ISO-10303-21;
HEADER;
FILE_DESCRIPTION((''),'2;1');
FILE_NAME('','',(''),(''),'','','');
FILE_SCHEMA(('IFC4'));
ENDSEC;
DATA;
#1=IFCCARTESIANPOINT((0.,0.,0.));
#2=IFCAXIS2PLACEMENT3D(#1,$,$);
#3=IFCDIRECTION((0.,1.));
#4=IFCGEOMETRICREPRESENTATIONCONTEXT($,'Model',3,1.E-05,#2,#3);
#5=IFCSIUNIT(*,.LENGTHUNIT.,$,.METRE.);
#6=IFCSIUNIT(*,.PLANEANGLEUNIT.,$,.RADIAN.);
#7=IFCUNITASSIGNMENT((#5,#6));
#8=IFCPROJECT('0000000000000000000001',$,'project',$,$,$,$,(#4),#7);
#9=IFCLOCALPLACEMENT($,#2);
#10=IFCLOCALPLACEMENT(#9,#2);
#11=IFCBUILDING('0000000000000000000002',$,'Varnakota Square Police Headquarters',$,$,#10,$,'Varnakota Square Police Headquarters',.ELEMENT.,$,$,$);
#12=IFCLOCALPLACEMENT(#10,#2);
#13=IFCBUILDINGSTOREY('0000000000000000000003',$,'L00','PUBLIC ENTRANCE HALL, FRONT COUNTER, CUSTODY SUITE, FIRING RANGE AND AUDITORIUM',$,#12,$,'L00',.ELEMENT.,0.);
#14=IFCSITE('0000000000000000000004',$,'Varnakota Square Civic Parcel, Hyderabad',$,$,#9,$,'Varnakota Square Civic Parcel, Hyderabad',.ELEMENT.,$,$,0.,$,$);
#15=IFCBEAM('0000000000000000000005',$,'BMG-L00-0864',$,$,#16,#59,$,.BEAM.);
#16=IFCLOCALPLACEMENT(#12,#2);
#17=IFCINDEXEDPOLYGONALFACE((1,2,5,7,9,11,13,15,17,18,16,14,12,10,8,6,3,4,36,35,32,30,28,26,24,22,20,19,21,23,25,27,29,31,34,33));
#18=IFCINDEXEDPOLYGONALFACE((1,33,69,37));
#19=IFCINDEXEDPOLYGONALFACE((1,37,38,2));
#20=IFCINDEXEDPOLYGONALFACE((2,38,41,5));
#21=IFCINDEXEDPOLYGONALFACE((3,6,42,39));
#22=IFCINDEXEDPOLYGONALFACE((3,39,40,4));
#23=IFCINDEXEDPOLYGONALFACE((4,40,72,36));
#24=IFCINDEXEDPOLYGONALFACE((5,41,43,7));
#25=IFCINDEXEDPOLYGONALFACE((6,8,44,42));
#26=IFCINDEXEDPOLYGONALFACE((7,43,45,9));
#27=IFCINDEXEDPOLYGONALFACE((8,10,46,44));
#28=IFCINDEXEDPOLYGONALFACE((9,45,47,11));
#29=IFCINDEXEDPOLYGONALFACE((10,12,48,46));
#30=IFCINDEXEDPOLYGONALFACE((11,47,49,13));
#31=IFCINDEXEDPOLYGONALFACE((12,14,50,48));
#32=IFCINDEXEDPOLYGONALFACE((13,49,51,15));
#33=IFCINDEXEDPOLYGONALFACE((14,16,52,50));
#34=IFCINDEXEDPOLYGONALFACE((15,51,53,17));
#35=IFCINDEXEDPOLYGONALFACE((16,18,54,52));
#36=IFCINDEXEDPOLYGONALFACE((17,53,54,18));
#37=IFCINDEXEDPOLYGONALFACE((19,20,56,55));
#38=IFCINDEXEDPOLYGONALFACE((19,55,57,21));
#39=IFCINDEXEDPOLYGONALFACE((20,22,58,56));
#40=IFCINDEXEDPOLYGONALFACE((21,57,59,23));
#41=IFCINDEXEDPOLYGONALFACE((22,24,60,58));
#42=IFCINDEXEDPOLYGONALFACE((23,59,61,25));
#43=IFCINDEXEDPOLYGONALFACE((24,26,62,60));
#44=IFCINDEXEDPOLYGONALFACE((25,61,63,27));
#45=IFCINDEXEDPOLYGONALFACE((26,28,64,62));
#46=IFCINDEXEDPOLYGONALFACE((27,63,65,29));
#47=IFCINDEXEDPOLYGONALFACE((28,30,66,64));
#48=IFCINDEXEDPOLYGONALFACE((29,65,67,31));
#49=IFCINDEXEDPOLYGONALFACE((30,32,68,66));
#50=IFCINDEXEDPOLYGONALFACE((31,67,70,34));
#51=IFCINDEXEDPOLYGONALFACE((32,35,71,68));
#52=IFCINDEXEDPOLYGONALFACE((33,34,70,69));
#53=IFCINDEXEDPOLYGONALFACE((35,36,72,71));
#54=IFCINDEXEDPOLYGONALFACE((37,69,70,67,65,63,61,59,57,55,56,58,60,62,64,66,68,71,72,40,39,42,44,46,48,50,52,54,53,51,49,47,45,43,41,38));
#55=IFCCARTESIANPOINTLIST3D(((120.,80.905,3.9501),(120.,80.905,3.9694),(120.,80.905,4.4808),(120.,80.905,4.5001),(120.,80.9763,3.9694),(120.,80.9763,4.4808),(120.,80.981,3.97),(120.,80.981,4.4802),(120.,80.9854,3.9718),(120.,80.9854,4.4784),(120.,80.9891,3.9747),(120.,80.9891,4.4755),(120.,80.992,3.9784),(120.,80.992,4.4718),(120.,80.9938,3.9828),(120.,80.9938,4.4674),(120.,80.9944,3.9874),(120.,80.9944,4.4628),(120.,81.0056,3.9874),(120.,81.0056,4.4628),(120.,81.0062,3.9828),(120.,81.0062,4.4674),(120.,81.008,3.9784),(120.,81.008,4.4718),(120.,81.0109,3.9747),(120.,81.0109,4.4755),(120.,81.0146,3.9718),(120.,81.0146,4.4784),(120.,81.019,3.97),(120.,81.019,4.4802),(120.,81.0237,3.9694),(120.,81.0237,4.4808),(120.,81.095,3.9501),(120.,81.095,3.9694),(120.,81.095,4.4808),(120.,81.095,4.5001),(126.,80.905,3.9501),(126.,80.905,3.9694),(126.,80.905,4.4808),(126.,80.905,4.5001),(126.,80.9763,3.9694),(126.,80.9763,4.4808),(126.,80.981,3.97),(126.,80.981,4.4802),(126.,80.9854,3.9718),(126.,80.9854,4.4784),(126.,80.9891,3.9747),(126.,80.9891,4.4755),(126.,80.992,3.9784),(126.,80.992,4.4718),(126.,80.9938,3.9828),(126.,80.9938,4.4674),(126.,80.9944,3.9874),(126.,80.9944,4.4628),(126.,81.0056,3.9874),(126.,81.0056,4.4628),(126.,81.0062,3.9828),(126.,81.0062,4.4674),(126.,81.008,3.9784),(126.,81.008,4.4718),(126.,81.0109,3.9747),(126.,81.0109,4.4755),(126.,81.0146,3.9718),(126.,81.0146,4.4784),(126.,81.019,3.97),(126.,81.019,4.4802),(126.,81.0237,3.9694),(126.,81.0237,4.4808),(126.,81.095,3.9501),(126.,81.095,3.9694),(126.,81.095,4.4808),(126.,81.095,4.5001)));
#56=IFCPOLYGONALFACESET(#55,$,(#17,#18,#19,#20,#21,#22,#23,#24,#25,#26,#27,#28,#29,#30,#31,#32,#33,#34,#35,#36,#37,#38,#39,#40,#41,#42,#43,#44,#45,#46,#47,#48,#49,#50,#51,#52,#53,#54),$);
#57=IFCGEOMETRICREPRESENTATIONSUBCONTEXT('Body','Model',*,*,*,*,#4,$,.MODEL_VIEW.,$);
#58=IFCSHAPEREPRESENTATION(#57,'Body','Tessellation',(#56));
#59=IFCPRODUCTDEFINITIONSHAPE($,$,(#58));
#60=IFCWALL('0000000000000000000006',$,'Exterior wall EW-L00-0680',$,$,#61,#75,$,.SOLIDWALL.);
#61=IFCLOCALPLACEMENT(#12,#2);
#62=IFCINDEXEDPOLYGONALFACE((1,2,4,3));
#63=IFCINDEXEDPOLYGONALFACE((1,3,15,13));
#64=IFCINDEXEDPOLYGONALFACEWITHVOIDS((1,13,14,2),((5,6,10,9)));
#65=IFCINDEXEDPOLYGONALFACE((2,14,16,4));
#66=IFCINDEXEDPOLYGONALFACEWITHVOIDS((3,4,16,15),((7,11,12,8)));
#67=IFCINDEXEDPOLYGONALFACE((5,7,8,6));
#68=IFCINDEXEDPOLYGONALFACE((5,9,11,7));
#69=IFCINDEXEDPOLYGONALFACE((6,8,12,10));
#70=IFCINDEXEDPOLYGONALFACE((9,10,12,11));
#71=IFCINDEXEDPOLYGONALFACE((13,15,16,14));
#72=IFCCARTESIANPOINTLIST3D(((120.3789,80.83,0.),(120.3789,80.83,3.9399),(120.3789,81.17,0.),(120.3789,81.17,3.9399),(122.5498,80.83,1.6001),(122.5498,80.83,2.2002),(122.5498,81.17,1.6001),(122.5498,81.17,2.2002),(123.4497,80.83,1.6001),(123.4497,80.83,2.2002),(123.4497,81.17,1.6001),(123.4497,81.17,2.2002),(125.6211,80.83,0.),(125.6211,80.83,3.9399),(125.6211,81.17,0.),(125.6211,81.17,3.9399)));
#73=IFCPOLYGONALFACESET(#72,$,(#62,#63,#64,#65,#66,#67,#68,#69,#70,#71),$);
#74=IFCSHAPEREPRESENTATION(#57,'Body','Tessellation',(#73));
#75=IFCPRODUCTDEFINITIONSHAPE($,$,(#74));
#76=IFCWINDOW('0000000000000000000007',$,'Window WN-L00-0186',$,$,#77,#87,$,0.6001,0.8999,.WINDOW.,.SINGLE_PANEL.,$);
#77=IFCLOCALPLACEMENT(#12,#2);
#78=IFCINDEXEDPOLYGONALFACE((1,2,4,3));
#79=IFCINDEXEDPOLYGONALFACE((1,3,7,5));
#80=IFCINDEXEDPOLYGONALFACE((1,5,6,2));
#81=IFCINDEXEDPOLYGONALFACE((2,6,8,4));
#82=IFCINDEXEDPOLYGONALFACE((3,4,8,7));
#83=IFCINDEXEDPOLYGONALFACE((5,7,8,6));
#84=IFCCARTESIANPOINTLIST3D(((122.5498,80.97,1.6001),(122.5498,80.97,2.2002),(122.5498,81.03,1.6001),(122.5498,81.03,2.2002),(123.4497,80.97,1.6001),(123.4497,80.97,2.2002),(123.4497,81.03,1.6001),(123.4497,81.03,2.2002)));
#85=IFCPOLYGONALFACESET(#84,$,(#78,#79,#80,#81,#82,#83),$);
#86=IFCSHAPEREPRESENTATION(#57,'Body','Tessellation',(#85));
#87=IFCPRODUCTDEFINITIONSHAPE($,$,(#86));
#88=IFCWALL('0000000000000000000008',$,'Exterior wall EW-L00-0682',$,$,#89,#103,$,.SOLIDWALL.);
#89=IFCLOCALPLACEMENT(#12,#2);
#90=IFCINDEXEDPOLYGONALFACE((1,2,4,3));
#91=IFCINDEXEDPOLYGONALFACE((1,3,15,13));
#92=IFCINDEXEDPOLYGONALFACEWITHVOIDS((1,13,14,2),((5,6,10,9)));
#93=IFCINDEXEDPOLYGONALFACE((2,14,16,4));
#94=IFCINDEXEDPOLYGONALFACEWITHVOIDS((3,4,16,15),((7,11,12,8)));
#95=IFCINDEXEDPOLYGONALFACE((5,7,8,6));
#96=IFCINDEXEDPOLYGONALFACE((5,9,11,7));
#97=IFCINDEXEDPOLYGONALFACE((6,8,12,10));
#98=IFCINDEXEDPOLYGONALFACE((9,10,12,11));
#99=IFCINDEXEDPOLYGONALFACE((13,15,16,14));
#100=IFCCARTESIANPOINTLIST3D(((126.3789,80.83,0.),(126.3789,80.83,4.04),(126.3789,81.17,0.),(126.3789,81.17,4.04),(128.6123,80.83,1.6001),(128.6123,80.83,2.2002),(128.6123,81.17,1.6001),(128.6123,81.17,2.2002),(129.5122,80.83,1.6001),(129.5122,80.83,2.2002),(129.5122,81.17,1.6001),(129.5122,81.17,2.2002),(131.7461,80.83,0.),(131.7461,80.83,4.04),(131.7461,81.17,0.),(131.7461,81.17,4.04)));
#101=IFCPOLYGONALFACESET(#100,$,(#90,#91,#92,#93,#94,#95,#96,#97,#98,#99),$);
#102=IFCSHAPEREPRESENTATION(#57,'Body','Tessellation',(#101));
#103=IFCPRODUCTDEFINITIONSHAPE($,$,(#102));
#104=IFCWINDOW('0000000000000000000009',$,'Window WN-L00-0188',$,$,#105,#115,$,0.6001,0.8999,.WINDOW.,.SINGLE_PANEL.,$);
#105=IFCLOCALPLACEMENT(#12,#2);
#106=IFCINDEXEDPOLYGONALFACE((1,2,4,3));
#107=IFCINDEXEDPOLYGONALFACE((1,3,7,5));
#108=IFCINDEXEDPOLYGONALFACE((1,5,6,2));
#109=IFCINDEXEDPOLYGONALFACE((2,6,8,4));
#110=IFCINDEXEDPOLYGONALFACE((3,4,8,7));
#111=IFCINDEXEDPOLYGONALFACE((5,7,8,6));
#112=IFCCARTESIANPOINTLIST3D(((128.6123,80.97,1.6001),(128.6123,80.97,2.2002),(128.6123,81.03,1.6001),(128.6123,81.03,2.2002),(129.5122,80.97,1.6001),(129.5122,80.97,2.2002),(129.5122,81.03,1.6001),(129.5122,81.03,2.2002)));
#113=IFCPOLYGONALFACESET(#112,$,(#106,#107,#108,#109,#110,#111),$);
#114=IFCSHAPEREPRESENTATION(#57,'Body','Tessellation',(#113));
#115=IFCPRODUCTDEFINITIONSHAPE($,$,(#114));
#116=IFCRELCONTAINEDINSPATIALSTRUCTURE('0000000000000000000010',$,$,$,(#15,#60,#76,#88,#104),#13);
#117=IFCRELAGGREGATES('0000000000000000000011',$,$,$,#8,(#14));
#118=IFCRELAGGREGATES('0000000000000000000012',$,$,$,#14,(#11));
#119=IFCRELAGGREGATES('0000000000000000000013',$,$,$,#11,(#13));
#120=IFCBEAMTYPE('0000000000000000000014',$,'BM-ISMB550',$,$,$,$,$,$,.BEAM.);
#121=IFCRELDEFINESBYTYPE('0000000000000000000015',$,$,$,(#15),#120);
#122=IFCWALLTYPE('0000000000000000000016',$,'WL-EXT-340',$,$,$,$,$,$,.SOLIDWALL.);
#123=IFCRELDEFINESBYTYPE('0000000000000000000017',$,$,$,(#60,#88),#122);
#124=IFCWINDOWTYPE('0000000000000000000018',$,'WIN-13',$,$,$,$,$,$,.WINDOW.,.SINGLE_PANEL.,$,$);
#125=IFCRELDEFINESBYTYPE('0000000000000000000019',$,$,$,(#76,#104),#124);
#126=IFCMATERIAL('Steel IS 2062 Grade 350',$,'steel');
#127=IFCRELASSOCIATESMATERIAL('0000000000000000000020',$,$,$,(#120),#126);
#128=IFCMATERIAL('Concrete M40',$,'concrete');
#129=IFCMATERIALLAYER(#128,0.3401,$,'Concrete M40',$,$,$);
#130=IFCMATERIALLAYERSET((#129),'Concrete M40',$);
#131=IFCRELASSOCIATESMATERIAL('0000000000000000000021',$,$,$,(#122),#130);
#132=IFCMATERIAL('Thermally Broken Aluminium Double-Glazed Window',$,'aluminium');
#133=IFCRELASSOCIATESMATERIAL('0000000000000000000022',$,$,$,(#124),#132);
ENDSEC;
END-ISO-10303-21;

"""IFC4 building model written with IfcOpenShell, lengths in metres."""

from ifc_helpers import new_model, si_unit, direction, frame, frame_2d, origin, origin_2d, place, context, subcontext, project, spatial, rectangle, i_section, extrude, material, layer, layer_set, material_profile, profile_set, type_object, element, fill, save


model = new_model("IFC4")

# Units and contexts
model_context = context("Model", 3, precision=1e-05, world=origin(), true_north=direction((0.0, 1.0)))
body_context = subcontext(model_context, "Body", "Model", "MODEL_VIEW")
ifc_project = project(units=[si_unit("LENGTHUNIT", "METRE"), si_unit("PLANEANGLEUNIT", "RADIAN")], contexts=[model_context])

# Site, building, storey
site_placement = place(None, origin())
site = spatial("IfcSite", under=ifc_project, at=site_placement, Name="Varnakota Square Civic Parcel, Hyderabad", LongName="Varnakota Square Civic Parcel, Hyderabad", CompositionType="ELEMENT", RefElevation=0.0)
building_placement = place(site_placement, origin())
building = spatial("IfcBuilding", under=site, at=building_placement, Name="Varnakota Square Police Headquarters", LongName="Varnakota Square Police Headquarters", CompositionType="ELEMENT")
storey_placement = place(building_placement, origin())
storey = spatial("IfcBuildingStorey", under=building, at=storey_placement, Name="L00", Description="PUBLIC ENTRANCE HALL, FRONT COUNTER, CUSTODY SUITE, FIRING RANGE AND AUDITORIUM", LongName="L00", CompositionType="ELEMENT", Elevation=0.0)

# Beam
ifc_material_1 = material(Name="Steel IS 2062 Grade 350", Category="steel")
ifc_material_profile_1 = material_profile(ifc_material_1, i_section(OverallWidth=0.1899, OverallDepth=0.55, WebThickness=0.0112, FlangeThickness=0.0193, FilletRadius=0.0181, at=origin_2d()), Name="ISMB 550")
ifc_profile_set_1 = profile_set([ifc_material_profile_1], Name="Steel IS 2062 Grade 350")
beam_type_1 = type_object("IfcBeamType", Name="BM-ISMB550", PredefinedType="BEAM", material=ifc_profile_set_1)
beam_1_placement = place(storey_placement, frame((120.0, 81.0, 4.2251), z_axis=(1.0, 0.0, 0.0), x_axis=(0.0, 1.0, 0.0)))
element("IfcBeam", 1, at=beam_1_placement, inside=storey, type_object=beam_type_1, Name="BMG-L00-0864", PredefinedType="BEAM", context=body_context, shape_type="SweptSolid", body=[
    extrude(i_section(OverallWidth=0.1899, OverallDepth=0.55, WebThickness=0.0112, FlangeThickness=0.0193, FilletRadius=0.0181, at=origin_2d()), origin(), (0.0, 0.0, 1.0), 6.0),
])

# Walls, openings, windows
ifc_material_2 = material(Name="Concrete M40", Category="concrete")
ifc_layer = layer(ifc_material_2, 0.3401, Name="Concrete M40")
ifc_layer_set = layer_set([ifc_layer], Name="Concrete M40")
wall_type = type_object("IfcWallType", Name="WL-EXT-340", PredefinedType="SOLIDWALL", material=ifc_layer_set)
wall_1_placement = place(storey_placement, frame((120.3789, 81.0, 0.0), z_axis=(0.0, 0.0, 1.0), x_axis=(1.0, 0.0, 0.0)))
wall_1 = element("IfcWall", 2, at=wall_1_placement, inside=storey, type_object=wall_type, Name="Exterior wall EW-L00-0680", PredefinedType="SOLIDWALL", context=body_context, shape_type="SweptSolid", body=[
    extrude(rectangle(XDim=5.2422, YDim=0.3401, at=frame_2d((2.6211, 0.0))), origin(), (0.0, 0.0, 1.0), 3.9399),
])
opening_1_placement = place(wall_1_placement, frame((2.1709, 0.0, 1.6001)))
opening_1 = element("IfcOpeningElement", 3, at=opening_1_placement, cuts=wall_1, PredefinedType="OPENING", context=body_context, shape_type="SweptSolid", body=[
    extrude(rectangle(XDim=0.8999, YDim=0.6001, at=frame_2d((0.45, 0.3))), frame((0.0, 0.1799, 0.0), z_axis=(0.0, -1.0, 0.0), x_axis=(1.0, 0.0, 0.0)), (0.0, 0.0, 1.0), 0.3601),
])
ifc_material_3 = material(Name="Thermally Broken Aluminium Double-Glazed Window", Category="aluminium")
window_type = type_object("IfcWindowType", Name="WIN-13", PartitioningType="SINGLE_PANEL", PredefinedType="WINDOW", material=ifc_material_3)
window_1_placement = place(opening_1_placement, origin())
window_1 = element("IfcWindow", 4, at=window_1_placement, inside=storey, type_object=window_type, Name="Window WN-L00-0186", OverallHeight=0.6001, OverallWidth=0.8999, PartitioningType="SINGLE_PANEL", PredefinedType="WINDOW", context=body_context, shape_type="SweptSolid", body=[
    extrude(rectangle(XDim=0.8999, YDim=0.6001, at=frame_2d((0.45, 0.3))), frame((0.0, 0.03, 0.0), z_axis=(0.0, -1.0, 0.0), x_axis=(1.0, 0.0, 0.0)), (0.0, 0.0, 1.0), 0.0601),
])
fill(opening_1, window_1)
wall_2_placement = place(storey_placement, frame((126.3789, 81.0, 0.0), z_axis=(0.0, 0.0, 1.0), x_axis=(1.0, 0.0, 0.0)))
wall_2 = element("IfcWall", 5, at=wall_2_placement, inside=storey, type_object=wall_type, Name="Exterior wall EW-L00-0682", PredefinedType="SOLIDWALL", context=body_context, shape_type="SweptSolid", body=[
    extrude(rectangle(XDim=5.3672, YDim=0.3401, at=frame_2d((2.6836, 0.0))), origin(), (0.0, 0.0, 1.0), 4.04),
])
opening_2_placement = place(wall_2_placement, frame((2.2334, 0.0, 1.6001)))
opening_2 = element("IfcOpeningElement", 6, at=opening_2_placement, cuts=wall_2, PredefinedType="OPENING", context=body_context, shape_type="SweptSolid", body=[
    extrude(rectangle(XDim=0.8999, YDim=0.6001, at=frame_2d((0.45, 0.3))), frame((0.0, 0.1799, 0.0), z_axis=(0.0, -1.0, 0.0), x_axis=(1.0, 0.0, 0.0)), (0.0, 0.0, 1.0), 0.3601),
])
window_2_placement = place(opening_2_placement, origin())
window_2 = element("IfcWindow", 7, at=window_2_placement, inside=storey, type_object=window_type, Name="Window WN-L00-0188", OverallHeight=0.6001, OverallWidth=0.8999, PartitioningType="SINGLE_PANEL", PredefinedType="WINDOW", context=body_context, shape_type="SweptSolid", body=[
    extrude(rectangle(XDim=0.8999, YDim=0.6001, at=frame_2d((0.45, 0.3))), frame((0.0, 0.03, 0.0), z_axis=(0.0, -1.0, 0.0), x_axis=(1.0, 0.0, 0.0)), (0.0, 0.0, 1.0), 0.0601),
])
fill(opening_2, window_2)

save(model, "model.ifc")
